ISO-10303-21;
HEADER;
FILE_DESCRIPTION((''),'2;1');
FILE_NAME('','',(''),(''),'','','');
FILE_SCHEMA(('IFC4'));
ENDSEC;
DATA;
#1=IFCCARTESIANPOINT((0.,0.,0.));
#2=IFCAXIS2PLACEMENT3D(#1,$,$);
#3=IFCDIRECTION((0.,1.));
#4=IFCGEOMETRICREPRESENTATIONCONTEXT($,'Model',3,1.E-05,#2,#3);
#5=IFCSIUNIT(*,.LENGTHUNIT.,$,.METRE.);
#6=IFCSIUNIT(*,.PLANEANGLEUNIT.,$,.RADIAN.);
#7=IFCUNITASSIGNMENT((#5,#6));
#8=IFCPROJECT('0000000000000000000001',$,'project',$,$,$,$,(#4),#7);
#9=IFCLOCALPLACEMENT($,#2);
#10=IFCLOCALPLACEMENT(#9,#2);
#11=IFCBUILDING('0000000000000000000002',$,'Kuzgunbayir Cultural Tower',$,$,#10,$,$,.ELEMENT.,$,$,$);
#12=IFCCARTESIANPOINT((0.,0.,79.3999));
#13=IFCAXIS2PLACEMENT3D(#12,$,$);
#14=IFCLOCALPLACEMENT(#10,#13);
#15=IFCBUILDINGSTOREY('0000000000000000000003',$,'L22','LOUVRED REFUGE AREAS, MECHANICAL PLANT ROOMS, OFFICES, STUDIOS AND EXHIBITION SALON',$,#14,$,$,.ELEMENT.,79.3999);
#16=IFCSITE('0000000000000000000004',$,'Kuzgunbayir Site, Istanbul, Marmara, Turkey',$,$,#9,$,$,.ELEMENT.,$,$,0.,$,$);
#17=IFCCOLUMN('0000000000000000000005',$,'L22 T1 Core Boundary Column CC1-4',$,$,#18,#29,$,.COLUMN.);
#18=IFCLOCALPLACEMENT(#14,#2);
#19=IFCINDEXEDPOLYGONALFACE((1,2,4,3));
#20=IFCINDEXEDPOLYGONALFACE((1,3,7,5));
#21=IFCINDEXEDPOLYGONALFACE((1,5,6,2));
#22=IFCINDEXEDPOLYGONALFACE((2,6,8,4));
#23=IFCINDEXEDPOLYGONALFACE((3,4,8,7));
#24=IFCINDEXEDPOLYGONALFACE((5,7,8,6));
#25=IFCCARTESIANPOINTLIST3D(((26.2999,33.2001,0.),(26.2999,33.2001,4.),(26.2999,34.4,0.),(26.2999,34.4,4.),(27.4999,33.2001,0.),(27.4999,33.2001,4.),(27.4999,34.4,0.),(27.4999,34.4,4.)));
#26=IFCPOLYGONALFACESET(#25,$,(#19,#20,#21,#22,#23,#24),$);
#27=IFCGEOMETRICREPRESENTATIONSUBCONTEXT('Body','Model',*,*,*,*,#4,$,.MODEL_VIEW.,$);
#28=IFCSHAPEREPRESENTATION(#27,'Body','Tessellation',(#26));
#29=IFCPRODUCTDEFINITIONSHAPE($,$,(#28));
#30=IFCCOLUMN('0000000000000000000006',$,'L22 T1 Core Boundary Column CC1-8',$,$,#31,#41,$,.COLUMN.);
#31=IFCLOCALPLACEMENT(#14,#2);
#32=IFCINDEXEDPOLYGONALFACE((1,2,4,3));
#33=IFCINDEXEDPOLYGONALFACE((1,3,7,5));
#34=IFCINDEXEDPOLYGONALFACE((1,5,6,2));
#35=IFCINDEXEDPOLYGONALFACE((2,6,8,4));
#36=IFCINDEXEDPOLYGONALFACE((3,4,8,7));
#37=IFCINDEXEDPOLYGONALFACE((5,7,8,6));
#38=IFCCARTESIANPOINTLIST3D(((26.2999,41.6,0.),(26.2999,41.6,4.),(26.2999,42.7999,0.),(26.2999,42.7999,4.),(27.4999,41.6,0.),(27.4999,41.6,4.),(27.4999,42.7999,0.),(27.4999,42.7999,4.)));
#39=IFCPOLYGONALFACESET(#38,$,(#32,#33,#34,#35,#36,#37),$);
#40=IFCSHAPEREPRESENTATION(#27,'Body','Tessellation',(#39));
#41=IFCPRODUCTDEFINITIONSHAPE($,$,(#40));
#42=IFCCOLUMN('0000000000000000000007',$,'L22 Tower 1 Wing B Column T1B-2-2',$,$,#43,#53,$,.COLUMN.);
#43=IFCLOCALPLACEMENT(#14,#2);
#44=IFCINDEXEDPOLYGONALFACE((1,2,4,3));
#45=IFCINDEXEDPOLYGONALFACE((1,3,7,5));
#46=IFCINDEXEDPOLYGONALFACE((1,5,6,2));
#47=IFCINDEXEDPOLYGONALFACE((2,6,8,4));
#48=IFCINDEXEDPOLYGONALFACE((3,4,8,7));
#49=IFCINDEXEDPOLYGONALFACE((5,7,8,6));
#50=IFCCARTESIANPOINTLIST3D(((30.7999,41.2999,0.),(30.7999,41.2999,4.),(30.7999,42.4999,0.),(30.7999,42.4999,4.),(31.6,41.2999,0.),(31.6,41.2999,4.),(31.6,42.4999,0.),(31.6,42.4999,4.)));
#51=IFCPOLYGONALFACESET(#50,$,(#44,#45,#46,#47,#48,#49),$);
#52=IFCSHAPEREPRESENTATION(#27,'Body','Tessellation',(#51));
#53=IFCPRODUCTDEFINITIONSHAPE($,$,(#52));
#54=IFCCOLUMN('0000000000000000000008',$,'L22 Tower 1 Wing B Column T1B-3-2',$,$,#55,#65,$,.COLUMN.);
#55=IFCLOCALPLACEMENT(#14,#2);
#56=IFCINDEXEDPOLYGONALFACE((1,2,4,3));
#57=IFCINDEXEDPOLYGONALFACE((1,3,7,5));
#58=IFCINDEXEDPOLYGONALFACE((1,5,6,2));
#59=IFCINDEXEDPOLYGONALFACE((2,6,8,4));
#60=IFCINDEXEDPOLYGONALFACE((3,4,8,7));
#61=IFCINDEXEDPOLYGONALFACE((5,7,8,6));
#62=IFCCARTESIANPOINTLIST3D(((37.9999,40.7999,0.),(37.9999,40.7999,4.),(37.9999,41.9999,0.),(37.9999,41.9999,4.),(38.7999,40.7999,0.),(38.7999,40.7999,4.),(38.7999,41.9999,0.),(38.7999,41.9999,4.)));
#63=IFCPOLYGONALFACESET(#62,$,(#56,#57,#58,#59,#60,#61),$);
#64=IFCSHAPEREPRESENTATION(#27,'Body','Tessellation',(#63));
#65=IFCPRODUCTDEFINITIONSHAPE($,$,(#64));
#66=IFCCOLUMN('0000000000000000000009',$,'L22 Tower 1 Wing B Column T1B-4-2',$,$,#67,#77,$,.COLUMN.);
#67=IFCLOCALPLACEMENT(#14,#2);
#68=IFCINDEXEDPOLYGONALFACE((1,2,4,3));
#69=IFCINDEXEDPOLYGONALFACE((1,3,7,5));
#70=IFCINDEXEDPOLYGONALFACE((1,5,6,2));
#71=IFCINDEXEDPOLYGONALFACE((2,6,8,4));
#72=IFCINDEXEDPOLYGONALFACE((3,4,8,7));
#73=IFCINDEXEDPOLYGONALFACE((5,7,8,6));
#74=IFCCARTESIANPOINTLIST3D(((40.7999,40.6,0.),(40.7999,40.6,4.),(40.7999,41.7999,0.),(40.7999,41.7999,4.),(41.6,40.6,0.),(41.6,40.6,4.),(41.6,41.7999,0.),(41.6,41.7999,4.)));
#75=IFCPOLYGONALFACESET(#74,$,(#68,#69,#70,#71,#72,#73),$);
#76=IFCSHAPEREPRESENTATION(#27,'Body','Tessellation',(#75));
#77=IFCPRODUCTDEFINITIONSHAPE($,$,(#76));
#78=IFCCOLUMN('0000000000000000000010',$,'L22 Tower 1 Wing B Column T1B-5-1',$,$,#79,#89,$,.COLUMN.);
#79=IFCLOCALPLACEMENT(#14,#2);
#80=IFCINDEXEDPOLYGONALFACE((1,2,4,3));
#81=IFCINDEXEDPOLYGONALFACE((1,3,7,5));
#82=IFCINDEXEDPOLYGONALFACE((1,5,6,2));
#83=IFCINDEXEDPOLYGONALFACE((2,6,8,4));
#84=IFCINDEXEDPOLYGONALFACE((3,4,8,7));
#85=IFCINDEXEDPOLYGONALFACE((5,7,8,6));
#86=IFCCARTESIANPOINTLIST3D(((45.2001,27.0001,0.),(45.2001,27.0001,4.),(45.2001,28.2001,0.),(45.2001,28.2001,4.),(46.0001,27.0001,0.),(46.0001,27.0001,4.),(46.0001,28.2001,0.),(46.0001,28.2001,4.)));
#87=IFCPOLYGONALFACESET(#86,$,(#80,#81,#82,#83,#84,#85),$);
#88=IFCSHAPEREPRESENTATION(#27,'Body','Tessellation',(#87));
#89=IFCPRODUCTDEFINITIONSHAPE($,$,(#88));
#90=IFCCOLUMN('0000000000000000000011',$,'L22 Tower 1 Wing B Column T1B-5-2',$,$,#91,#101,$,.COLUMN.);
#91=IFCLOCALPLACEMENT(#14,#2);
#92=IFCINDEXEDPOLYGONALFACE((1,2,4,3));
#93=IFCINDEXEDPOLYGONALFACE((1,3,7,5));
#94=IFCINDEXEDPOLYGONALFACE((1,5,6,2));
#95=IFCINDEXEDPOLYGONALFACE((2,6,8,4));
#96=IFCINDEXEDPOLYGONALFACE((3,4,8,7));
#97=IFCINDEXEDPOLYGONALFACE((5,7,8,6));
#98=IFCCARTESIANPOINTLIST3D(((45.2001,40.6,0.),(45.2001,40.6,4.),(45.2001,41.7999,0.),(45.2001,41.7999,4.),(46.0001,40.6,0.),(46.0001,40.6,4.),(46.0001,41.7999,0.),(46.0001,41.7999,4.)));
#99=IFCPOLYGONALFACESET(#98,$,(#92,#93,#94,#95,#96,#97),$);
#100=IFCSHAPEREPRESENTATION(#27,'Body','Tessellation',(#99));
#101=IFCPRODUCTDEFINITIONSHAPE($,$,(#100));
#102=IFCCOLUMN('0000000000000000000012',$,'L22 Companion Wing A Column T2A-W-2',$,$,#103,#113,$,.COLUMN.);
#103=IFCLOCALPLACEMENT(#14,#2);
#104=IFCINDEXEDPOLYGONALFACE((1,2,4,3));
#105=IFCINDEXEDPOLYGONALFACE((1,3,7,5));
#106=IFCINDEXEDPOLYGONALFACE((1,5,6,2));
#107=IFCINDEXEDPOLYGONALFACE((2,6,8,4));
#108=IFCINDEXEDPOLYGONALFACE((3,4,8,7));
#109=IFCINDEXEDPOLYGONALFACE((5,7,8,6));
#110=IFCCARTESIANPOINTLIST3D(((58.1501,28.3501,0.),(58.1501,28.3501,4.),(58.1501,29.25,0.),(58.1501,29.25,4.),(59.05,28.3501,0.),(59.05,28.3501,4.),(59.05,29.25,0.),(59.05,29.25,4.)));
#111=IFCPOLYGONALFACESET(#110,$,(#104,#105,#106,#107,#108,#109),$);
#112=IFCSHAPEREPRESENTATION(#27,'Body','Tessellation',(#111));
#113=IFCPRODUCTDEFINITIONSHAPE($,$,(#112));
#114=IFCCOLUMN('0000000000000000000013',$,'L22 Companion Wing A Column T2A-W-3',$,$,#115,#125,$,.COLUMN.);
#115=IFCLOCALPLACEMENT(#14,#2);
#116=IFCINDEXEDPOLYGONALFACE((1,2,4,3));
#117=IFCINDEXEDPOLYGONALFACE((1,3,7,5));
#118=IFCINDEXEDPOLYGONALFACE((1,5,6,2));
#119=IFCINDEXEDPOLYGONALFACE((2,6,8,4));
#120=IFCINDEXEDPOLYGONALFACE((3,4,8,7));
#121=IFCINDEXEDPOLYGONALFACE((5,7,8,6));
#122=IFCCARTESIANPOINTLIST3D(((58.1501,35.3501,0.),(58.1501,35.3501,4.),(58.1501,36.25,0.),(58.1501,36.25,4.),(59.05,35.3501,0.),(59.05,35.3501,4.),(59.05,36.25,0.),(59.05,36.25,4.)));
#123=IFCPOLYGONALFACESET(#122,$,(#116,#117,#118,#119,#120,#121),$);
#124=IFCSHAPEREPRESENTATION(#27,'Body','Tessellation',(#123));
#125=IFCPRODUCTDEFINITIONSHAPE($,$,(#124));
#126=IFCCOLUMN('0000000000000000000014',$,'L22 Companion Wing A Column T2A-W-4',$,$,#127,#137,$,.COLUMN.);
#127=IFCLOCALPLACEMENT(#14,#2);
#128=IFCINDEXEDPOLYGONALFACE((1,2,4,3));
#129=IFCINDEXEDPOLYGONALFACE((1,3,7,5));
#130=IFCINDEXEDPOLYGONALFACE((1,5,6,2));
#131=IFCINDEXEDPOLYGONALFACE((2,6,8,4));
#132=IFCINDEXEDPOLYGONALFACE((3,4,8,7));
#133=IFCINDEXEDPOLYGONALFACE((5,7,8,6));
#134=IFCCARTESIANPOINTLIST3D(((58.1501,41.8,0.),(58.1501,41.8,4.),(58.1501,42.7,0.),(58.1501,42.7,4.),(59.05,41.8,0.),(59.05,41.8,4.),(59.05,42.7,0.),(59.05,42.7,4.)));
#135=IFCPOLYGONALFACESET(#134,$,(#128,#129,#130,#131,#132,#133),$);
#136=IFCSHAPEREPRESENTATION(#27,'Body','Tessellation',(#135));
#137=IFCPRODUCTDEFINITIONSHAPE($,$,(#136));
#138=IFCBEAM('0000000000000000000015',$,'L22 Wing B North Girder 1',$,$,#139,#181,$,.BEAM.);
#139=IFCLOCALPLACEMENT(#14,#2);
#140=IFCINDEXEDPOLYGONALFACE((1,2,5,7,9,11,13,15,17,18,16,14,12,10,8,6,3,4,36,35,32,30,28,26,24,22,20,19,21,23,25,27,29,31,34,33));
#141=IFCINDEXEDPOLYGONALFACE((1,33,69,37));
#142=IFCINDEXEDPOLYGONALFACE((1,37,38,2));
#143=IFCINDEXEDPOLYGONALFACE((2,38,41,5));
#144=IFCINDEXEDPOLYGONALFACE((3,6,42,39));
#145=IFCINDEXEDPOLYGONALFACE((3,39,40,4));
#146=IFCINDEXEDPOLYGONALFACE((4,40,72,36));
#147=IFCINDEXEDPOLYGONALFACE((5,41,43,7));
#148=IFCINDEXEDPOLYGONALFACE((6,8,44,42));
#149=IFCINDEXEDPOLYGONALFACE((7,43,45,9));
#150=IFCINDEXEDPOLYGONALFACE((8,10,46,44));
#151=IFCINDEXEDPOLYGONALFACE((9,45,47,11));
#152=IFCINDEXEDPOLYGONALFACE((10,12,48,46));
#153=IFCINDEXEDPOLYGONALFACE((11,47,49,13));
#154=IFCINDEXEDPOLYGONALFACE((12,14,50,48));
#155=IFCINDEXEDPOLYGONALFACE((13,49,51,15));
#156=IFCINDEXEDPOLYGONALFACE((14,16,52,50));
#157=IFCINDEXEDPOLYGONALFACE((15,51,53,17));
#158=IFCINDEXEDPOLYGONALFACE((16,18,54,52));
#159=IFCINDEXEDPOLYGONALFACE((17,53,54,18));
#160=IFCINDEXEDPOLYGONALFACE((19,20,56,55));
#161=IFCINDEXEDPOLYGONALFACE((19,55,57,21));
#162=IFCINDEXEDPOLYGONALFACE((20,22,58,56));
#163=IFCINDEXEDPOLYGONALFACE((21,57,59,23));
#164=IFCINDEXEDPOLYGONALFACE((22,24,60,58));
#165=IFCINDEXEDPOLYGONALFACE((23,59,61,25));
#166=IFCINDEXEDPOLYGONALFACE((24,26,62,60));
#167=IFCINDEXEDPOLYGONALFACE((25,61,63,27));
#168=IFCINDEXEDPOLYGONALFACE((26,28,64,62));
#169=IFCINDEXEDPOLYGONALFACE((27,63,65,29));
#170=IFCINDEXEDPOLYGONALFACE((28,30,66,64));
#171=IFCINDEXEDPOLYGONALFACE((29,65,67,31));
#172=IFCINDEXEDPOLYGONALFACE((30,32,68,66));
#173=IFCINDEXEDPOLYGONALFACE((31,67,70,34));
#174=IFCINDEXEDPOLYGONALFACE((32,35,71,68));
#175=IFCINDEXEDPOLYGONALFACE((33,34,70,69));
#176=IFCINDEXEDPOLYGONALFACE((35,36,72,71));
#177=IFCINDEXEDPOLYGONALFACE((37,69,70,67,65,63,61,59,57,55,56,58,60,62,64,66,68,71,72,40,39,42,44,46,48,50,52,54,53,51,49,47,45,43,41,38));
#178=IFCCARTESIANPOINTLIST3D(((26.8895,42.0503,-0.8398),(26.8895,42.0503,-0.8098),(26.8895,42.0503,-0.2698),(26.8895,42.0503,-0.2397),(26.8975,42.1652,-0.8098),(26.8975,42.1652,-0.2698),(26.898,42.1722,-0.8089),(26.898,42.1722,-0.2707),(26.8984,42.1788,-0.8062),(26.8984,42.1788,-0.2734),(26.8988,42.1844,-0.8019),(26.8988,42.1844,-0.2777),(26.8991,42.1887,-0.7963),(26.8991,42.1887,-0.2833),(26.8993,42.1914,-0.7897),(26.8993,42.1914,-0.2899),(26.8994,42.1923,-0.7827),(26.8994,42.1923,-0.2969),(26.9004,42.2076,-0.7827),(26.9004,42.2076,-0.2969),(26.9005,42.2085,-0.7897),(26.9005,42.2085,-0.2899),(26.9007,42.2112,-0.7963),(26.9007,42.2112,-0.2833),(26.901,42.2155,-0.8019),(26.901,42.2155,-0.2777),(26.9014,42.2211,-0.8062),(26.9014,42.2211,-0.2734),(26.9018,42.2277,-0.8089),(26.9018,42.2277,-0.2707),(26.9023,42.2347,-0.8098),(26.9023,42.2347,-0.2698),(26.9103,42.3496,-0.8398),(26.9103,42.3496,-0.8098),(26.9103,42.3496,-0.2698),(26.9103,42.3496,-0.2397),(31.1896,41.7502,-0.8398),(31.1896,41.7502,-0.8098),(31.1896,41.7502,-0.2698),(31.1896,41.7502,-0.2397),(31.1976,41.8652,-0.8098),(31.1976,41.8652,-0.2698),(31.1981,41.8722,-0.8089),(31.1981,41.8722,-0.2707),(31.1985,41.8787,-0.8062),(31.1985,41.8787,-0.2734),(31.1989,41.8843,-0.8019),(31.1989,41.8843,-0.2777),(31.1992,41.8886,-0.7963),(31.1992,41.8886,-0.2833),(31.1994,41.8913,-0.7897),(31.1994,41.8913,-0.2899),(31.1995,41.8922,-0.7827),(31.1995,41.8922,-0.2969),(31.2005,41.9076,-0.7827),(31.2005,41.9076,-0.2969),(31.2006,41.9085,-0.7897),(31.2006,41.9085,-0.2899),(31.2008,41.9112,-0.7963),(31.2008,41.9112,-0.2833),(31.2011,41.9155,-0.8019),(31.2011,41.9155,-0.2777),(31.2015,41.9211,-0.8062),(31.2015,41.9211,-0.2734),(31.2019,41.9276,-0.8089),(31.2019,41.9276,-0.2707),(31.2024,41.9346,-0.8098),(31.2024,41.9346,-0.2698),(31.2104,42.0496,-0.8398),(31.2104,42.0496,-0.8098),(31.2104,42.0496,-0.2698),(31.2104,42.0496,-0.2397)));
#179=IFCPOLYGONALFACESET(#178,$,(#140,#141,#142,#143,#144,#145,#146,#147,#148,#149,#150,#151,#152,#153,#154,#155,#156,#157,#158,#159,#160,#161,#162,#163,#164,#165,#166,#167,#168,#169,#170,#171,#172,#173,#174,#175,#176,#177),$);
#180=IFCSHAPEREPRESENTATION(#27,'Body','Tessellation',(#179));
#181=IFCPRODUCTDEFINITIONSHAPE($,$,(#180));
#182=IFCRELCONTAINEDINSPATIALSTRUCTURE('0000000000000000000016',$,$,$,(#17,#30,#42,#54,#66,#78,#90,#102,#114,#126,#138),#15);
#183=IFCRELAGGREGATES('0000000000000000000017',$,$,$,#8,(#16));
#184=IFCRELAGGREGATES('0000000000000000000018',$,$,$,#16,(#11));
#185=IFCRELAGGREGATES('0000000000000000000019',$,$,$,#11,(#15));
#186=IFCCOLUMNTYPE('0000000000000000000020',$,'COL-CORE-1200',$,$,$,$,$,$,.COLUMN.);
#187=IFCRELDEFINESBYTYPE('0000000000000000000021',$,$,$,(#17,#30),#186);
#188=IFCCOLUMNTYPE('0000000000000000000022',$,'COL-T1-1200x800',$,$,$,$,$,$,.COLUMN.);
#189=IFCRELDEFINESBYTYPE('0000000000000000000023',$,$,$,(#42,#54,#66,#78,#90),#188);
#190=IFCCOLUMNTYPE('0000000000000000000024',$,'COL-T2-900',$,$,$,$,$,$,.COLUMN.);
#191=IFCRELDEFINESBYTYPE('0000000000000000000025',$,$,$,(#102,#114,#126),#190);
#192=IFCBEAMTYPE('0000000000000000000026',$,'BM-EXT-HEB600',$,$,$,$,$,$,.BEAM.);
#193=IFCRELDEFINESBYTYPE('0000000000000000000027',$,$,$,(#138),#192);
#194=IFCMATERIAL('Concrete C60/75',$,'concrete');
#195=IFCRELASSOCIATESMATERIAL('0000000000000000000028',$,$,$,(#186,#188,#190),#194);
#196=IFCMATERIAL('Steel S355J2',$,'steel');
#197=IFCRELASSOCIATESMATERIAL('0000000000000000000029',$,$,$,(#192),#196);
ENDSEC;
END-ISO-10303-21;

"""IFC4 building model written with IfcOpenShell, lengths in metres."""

from ifc_helpers import new_model, si_unit, direction, frame, origin, origin_2d, place, context, subcontext, project, spatial, rectangle, i_section, extrude, material, material_profile, profile_set, type_object, element, save


model = new_model("IFC4")

# Units and contexts
model_context = context("Model", 3, precision=1e-05, world=origin(), true_north=direction((0.0, 1.0)))
body_context = subcontext(model_context, "Body", "Model", "MODEL_VIEW")
ifc_project = project(units=[si_unit("LENGTHUNIT", "METRE"), si_unit("PLANEANGLEUNIT", "RADIAN")], contexts=[model_context])

# Site, building, storey
site_placement = place(None, origin())
site = spatial("IfcSite", under=ifc_project, at=site_placement, Name="Kuzgunbayir Site, Istanbul, Marmara, Turkey", CompositionType="ELEMENT", RefElevation=0.0)
building_placement = place(site_placement, origin())
building = spatial("IfcBuilding", under=site, at=building_placement, Name="Kuzgunbayir Cultural Tower", CompositionType="ELEMENT")
storey_placement = place(building_placement, frame((0.0, 0.0, 79.3999)))
storey = spatial("IfcBuildingStorey", under=building, at=storey_placement, Name="L22", Description="LOUVRED REFUGE AREAS, MECHANICAL PLANT ROOMS, OFFICES, STUDIOS AND EXHIBITION SALON", CompositionType="ELEMENT", Elevation=79.3999)

# Columns
ifc_material_1 = material(Name="Concrete C60/75", Category="concrete")
ifc_material_profile_1 = material_profile(ifc_material_1, rectangle(XDim=1.2, YDim=1.2, at=origin_2d()), Name="RC 1200x1200")
ifc_profile_set_1 = profile_set([ifc_material_profile_1], Name="Concrete C60/75")
column_type_1 = type_object("IfcColumnType", Name="COL-CORE-1200", PredefinedType="COLUMN", material=ifc_profile_set_1)
for number, where, z_axis, x_axis, name in (
    (1, (26.8999, 33.8, 0.0), (0.0, 0.0, 1.0), (1.0, 0.0, 0.0), "L22 T1 Core Boundary Column CC1-4"),
    (2, (26.8999, 42.2, 0.0), (0.0, 0.0, 1.0), (1.0, 0.0, 0.0), "L22 T1 Core Boundary Column CC1-8"),
):
    element("IfcColumn", number, at=place(storey_placement, frame(where, z_axis=z_axis, x_axis=x_axis)), inside=storey, type_object=column_type_1, Name=name, PredefinedType="COLUMN", context=body_context, shape_type="SweptSolid", body=[
        extrude(rectangle(XDim=1.2, YDim=1.2, at=origin_2d()), origin(), (0.0, 0.0, 1.0), 4.0),
    ])
ifc_material_profile_2 = material_profile(ifc_material_1, rectangle(XDim=0.8, YDim=1.2, at=origin_2d()), Name="RC 1200x800")
ifc_profile_set_2 = profile_set([ifc_material_profile_2], Name="Concrete C60/75")
column_type_2 = type_object("IfcColumnType", Name="COL-T1-1200x800", PredefinedType="COLUMN", material=ifc_profile_set_2)
for number, where, z_axis, x_axis, name in (
    (3, (31.2, 41.8999, 0.0), (0.0, 0.0, 1.0), (1.0, 0.0, 0.0), "L22 Tower 1 Wing B Column T1B-2-2"),
    (4, (38.3999, 41.3999, 0.0), (0.0, 0.0, 1.0), (1.0, 0.0, 0.0), "L22 Tower 1 Wing B Column T1B-3-2"),
    (5, (41.2, 41.2, 0.0), (0.0, 0.0, 1.0), (1.0, 0.0, 0.0), "L22 Tower 1 Wing B Column T1B-4-2"),
    (6, (45.6001, 27.6001, 0.0), (0.0, 0.0, 1.0), (1.0, 0.0, 0.0), "L22 Tower 1 Wing B Column T1B-5-1"),
    (7, (45.6001, 41.2, 0.0), (0.0, 0.0, 1.0), (1.0, 0.0, 0.0), "L22 Tower 1 Wing B Column T1B-5-2"),
):
    element("IfcColumn", number, at=place(storey_placement, frame(where, z_axis=z_axis, x_axis=x_axis)), inside=storey, type_object=column_type_2, Name=name, PredefinedType="COLUMN", context=body_context, shape_type="SweptSolid", body=[
        extrude(rectangle(XDim=0.8, YDim=1.2, at=origin_2d()), origin(), (0.0, 0.0, 1.0), 4.0),
    ])
ifc_material_profile_3 = material_profile(ifc_material_1, rectangle(XDim=0.8999, YDim=0.8999, at=origin_2d()), Name="RC 900x900")
ifc_profile_set_3 = profile_set([ifc_material_profile_3], Name="Concrete C60/75")
column_type_3 = type_object("IfcColumnType", Name="COL-T2-900", PredefinedType="COLUMN", material=ifc_profile_set_3)
for number, where, z_axis, x_axis, name in (
    (8, (58.6001, 28.8, 0.0), (0.0, 0.0, 1.0), (1.0, 0.0, 0.0), "L22 Companion Wing A Column T2A-W-2"),
    (9, (58.6001, 35.8, 0.0), (0.0, 0.0, 1.0), (1.0, 0.0, 0.0), "L22 Companion Wing A Column T2A-W-3"),
    (10, (58.6001, 42.25, 0.0), (0.0, 0.0, 1.0), (1.0, 0.0, 0.0), "L22 Companion Wing A Column T2A-W-4"),
):
    element("IfcColumn", number, at=place(storey_placement, frame(where, z_axis=z_axis, x_axis=x_axis)), inside=storey, type_object=column_type_3, Name=name, PredefinedType="COLUMN", context=body_context, shape_type="SweptSolid", body=[
        extrude(rectangle(XDim=0.8999, YDim=0.8999, at=origin_2d()), origin(), (0.0, 0.0, 1.0), 4.0),
    ])

# Beam
ifc_material_2 = material(Name="Steel S355J2", Category="steel")
ifc_material_profile_4 = material_profile(ifc_material_2, i_section(OverallWidth=0.3, OverallDepth=0.6001, WebThickness=0.0154, FlangeThickness=0.03, FilletRadius=0.0271, at=origin_2d()), Name="HEB 600")
ifc_profile_set_4 = profile_set([ifc_material_profile_4], Name="Steel S355J2")
beam_type_1 = type_object("IfcBeamType", Name="BM-EXT-HEB600", PredefinedType="BEAM", material=ifc_profile_set_4)
beam_1_placement = place(storey_placement, frame((26.8999, 42.2, -0.5398), z_axis=(0.997574, -0.069609, 0.0), x_axis=(0.069609, 0.997574, 0.0)))
element("IfcBeam", 11, at=beam_1_placement, inside=storey, type_object=beam_type_1, Name="L22 Wing B North Girder 1", PredefinedType="BEAM", context=body_context, shape_type="SweptSolid", body=[
    extrude(i_section(OverallWidth=0.3, OverallDepth=0.6001, WebThickness=0.0154, FlangeThickness=0.03, FilletRadius=0.0271, at=origin_2d()), origin(), (0.0, 0.0, 1.0), 4.3105),
])

save(model, "model.ifc")
